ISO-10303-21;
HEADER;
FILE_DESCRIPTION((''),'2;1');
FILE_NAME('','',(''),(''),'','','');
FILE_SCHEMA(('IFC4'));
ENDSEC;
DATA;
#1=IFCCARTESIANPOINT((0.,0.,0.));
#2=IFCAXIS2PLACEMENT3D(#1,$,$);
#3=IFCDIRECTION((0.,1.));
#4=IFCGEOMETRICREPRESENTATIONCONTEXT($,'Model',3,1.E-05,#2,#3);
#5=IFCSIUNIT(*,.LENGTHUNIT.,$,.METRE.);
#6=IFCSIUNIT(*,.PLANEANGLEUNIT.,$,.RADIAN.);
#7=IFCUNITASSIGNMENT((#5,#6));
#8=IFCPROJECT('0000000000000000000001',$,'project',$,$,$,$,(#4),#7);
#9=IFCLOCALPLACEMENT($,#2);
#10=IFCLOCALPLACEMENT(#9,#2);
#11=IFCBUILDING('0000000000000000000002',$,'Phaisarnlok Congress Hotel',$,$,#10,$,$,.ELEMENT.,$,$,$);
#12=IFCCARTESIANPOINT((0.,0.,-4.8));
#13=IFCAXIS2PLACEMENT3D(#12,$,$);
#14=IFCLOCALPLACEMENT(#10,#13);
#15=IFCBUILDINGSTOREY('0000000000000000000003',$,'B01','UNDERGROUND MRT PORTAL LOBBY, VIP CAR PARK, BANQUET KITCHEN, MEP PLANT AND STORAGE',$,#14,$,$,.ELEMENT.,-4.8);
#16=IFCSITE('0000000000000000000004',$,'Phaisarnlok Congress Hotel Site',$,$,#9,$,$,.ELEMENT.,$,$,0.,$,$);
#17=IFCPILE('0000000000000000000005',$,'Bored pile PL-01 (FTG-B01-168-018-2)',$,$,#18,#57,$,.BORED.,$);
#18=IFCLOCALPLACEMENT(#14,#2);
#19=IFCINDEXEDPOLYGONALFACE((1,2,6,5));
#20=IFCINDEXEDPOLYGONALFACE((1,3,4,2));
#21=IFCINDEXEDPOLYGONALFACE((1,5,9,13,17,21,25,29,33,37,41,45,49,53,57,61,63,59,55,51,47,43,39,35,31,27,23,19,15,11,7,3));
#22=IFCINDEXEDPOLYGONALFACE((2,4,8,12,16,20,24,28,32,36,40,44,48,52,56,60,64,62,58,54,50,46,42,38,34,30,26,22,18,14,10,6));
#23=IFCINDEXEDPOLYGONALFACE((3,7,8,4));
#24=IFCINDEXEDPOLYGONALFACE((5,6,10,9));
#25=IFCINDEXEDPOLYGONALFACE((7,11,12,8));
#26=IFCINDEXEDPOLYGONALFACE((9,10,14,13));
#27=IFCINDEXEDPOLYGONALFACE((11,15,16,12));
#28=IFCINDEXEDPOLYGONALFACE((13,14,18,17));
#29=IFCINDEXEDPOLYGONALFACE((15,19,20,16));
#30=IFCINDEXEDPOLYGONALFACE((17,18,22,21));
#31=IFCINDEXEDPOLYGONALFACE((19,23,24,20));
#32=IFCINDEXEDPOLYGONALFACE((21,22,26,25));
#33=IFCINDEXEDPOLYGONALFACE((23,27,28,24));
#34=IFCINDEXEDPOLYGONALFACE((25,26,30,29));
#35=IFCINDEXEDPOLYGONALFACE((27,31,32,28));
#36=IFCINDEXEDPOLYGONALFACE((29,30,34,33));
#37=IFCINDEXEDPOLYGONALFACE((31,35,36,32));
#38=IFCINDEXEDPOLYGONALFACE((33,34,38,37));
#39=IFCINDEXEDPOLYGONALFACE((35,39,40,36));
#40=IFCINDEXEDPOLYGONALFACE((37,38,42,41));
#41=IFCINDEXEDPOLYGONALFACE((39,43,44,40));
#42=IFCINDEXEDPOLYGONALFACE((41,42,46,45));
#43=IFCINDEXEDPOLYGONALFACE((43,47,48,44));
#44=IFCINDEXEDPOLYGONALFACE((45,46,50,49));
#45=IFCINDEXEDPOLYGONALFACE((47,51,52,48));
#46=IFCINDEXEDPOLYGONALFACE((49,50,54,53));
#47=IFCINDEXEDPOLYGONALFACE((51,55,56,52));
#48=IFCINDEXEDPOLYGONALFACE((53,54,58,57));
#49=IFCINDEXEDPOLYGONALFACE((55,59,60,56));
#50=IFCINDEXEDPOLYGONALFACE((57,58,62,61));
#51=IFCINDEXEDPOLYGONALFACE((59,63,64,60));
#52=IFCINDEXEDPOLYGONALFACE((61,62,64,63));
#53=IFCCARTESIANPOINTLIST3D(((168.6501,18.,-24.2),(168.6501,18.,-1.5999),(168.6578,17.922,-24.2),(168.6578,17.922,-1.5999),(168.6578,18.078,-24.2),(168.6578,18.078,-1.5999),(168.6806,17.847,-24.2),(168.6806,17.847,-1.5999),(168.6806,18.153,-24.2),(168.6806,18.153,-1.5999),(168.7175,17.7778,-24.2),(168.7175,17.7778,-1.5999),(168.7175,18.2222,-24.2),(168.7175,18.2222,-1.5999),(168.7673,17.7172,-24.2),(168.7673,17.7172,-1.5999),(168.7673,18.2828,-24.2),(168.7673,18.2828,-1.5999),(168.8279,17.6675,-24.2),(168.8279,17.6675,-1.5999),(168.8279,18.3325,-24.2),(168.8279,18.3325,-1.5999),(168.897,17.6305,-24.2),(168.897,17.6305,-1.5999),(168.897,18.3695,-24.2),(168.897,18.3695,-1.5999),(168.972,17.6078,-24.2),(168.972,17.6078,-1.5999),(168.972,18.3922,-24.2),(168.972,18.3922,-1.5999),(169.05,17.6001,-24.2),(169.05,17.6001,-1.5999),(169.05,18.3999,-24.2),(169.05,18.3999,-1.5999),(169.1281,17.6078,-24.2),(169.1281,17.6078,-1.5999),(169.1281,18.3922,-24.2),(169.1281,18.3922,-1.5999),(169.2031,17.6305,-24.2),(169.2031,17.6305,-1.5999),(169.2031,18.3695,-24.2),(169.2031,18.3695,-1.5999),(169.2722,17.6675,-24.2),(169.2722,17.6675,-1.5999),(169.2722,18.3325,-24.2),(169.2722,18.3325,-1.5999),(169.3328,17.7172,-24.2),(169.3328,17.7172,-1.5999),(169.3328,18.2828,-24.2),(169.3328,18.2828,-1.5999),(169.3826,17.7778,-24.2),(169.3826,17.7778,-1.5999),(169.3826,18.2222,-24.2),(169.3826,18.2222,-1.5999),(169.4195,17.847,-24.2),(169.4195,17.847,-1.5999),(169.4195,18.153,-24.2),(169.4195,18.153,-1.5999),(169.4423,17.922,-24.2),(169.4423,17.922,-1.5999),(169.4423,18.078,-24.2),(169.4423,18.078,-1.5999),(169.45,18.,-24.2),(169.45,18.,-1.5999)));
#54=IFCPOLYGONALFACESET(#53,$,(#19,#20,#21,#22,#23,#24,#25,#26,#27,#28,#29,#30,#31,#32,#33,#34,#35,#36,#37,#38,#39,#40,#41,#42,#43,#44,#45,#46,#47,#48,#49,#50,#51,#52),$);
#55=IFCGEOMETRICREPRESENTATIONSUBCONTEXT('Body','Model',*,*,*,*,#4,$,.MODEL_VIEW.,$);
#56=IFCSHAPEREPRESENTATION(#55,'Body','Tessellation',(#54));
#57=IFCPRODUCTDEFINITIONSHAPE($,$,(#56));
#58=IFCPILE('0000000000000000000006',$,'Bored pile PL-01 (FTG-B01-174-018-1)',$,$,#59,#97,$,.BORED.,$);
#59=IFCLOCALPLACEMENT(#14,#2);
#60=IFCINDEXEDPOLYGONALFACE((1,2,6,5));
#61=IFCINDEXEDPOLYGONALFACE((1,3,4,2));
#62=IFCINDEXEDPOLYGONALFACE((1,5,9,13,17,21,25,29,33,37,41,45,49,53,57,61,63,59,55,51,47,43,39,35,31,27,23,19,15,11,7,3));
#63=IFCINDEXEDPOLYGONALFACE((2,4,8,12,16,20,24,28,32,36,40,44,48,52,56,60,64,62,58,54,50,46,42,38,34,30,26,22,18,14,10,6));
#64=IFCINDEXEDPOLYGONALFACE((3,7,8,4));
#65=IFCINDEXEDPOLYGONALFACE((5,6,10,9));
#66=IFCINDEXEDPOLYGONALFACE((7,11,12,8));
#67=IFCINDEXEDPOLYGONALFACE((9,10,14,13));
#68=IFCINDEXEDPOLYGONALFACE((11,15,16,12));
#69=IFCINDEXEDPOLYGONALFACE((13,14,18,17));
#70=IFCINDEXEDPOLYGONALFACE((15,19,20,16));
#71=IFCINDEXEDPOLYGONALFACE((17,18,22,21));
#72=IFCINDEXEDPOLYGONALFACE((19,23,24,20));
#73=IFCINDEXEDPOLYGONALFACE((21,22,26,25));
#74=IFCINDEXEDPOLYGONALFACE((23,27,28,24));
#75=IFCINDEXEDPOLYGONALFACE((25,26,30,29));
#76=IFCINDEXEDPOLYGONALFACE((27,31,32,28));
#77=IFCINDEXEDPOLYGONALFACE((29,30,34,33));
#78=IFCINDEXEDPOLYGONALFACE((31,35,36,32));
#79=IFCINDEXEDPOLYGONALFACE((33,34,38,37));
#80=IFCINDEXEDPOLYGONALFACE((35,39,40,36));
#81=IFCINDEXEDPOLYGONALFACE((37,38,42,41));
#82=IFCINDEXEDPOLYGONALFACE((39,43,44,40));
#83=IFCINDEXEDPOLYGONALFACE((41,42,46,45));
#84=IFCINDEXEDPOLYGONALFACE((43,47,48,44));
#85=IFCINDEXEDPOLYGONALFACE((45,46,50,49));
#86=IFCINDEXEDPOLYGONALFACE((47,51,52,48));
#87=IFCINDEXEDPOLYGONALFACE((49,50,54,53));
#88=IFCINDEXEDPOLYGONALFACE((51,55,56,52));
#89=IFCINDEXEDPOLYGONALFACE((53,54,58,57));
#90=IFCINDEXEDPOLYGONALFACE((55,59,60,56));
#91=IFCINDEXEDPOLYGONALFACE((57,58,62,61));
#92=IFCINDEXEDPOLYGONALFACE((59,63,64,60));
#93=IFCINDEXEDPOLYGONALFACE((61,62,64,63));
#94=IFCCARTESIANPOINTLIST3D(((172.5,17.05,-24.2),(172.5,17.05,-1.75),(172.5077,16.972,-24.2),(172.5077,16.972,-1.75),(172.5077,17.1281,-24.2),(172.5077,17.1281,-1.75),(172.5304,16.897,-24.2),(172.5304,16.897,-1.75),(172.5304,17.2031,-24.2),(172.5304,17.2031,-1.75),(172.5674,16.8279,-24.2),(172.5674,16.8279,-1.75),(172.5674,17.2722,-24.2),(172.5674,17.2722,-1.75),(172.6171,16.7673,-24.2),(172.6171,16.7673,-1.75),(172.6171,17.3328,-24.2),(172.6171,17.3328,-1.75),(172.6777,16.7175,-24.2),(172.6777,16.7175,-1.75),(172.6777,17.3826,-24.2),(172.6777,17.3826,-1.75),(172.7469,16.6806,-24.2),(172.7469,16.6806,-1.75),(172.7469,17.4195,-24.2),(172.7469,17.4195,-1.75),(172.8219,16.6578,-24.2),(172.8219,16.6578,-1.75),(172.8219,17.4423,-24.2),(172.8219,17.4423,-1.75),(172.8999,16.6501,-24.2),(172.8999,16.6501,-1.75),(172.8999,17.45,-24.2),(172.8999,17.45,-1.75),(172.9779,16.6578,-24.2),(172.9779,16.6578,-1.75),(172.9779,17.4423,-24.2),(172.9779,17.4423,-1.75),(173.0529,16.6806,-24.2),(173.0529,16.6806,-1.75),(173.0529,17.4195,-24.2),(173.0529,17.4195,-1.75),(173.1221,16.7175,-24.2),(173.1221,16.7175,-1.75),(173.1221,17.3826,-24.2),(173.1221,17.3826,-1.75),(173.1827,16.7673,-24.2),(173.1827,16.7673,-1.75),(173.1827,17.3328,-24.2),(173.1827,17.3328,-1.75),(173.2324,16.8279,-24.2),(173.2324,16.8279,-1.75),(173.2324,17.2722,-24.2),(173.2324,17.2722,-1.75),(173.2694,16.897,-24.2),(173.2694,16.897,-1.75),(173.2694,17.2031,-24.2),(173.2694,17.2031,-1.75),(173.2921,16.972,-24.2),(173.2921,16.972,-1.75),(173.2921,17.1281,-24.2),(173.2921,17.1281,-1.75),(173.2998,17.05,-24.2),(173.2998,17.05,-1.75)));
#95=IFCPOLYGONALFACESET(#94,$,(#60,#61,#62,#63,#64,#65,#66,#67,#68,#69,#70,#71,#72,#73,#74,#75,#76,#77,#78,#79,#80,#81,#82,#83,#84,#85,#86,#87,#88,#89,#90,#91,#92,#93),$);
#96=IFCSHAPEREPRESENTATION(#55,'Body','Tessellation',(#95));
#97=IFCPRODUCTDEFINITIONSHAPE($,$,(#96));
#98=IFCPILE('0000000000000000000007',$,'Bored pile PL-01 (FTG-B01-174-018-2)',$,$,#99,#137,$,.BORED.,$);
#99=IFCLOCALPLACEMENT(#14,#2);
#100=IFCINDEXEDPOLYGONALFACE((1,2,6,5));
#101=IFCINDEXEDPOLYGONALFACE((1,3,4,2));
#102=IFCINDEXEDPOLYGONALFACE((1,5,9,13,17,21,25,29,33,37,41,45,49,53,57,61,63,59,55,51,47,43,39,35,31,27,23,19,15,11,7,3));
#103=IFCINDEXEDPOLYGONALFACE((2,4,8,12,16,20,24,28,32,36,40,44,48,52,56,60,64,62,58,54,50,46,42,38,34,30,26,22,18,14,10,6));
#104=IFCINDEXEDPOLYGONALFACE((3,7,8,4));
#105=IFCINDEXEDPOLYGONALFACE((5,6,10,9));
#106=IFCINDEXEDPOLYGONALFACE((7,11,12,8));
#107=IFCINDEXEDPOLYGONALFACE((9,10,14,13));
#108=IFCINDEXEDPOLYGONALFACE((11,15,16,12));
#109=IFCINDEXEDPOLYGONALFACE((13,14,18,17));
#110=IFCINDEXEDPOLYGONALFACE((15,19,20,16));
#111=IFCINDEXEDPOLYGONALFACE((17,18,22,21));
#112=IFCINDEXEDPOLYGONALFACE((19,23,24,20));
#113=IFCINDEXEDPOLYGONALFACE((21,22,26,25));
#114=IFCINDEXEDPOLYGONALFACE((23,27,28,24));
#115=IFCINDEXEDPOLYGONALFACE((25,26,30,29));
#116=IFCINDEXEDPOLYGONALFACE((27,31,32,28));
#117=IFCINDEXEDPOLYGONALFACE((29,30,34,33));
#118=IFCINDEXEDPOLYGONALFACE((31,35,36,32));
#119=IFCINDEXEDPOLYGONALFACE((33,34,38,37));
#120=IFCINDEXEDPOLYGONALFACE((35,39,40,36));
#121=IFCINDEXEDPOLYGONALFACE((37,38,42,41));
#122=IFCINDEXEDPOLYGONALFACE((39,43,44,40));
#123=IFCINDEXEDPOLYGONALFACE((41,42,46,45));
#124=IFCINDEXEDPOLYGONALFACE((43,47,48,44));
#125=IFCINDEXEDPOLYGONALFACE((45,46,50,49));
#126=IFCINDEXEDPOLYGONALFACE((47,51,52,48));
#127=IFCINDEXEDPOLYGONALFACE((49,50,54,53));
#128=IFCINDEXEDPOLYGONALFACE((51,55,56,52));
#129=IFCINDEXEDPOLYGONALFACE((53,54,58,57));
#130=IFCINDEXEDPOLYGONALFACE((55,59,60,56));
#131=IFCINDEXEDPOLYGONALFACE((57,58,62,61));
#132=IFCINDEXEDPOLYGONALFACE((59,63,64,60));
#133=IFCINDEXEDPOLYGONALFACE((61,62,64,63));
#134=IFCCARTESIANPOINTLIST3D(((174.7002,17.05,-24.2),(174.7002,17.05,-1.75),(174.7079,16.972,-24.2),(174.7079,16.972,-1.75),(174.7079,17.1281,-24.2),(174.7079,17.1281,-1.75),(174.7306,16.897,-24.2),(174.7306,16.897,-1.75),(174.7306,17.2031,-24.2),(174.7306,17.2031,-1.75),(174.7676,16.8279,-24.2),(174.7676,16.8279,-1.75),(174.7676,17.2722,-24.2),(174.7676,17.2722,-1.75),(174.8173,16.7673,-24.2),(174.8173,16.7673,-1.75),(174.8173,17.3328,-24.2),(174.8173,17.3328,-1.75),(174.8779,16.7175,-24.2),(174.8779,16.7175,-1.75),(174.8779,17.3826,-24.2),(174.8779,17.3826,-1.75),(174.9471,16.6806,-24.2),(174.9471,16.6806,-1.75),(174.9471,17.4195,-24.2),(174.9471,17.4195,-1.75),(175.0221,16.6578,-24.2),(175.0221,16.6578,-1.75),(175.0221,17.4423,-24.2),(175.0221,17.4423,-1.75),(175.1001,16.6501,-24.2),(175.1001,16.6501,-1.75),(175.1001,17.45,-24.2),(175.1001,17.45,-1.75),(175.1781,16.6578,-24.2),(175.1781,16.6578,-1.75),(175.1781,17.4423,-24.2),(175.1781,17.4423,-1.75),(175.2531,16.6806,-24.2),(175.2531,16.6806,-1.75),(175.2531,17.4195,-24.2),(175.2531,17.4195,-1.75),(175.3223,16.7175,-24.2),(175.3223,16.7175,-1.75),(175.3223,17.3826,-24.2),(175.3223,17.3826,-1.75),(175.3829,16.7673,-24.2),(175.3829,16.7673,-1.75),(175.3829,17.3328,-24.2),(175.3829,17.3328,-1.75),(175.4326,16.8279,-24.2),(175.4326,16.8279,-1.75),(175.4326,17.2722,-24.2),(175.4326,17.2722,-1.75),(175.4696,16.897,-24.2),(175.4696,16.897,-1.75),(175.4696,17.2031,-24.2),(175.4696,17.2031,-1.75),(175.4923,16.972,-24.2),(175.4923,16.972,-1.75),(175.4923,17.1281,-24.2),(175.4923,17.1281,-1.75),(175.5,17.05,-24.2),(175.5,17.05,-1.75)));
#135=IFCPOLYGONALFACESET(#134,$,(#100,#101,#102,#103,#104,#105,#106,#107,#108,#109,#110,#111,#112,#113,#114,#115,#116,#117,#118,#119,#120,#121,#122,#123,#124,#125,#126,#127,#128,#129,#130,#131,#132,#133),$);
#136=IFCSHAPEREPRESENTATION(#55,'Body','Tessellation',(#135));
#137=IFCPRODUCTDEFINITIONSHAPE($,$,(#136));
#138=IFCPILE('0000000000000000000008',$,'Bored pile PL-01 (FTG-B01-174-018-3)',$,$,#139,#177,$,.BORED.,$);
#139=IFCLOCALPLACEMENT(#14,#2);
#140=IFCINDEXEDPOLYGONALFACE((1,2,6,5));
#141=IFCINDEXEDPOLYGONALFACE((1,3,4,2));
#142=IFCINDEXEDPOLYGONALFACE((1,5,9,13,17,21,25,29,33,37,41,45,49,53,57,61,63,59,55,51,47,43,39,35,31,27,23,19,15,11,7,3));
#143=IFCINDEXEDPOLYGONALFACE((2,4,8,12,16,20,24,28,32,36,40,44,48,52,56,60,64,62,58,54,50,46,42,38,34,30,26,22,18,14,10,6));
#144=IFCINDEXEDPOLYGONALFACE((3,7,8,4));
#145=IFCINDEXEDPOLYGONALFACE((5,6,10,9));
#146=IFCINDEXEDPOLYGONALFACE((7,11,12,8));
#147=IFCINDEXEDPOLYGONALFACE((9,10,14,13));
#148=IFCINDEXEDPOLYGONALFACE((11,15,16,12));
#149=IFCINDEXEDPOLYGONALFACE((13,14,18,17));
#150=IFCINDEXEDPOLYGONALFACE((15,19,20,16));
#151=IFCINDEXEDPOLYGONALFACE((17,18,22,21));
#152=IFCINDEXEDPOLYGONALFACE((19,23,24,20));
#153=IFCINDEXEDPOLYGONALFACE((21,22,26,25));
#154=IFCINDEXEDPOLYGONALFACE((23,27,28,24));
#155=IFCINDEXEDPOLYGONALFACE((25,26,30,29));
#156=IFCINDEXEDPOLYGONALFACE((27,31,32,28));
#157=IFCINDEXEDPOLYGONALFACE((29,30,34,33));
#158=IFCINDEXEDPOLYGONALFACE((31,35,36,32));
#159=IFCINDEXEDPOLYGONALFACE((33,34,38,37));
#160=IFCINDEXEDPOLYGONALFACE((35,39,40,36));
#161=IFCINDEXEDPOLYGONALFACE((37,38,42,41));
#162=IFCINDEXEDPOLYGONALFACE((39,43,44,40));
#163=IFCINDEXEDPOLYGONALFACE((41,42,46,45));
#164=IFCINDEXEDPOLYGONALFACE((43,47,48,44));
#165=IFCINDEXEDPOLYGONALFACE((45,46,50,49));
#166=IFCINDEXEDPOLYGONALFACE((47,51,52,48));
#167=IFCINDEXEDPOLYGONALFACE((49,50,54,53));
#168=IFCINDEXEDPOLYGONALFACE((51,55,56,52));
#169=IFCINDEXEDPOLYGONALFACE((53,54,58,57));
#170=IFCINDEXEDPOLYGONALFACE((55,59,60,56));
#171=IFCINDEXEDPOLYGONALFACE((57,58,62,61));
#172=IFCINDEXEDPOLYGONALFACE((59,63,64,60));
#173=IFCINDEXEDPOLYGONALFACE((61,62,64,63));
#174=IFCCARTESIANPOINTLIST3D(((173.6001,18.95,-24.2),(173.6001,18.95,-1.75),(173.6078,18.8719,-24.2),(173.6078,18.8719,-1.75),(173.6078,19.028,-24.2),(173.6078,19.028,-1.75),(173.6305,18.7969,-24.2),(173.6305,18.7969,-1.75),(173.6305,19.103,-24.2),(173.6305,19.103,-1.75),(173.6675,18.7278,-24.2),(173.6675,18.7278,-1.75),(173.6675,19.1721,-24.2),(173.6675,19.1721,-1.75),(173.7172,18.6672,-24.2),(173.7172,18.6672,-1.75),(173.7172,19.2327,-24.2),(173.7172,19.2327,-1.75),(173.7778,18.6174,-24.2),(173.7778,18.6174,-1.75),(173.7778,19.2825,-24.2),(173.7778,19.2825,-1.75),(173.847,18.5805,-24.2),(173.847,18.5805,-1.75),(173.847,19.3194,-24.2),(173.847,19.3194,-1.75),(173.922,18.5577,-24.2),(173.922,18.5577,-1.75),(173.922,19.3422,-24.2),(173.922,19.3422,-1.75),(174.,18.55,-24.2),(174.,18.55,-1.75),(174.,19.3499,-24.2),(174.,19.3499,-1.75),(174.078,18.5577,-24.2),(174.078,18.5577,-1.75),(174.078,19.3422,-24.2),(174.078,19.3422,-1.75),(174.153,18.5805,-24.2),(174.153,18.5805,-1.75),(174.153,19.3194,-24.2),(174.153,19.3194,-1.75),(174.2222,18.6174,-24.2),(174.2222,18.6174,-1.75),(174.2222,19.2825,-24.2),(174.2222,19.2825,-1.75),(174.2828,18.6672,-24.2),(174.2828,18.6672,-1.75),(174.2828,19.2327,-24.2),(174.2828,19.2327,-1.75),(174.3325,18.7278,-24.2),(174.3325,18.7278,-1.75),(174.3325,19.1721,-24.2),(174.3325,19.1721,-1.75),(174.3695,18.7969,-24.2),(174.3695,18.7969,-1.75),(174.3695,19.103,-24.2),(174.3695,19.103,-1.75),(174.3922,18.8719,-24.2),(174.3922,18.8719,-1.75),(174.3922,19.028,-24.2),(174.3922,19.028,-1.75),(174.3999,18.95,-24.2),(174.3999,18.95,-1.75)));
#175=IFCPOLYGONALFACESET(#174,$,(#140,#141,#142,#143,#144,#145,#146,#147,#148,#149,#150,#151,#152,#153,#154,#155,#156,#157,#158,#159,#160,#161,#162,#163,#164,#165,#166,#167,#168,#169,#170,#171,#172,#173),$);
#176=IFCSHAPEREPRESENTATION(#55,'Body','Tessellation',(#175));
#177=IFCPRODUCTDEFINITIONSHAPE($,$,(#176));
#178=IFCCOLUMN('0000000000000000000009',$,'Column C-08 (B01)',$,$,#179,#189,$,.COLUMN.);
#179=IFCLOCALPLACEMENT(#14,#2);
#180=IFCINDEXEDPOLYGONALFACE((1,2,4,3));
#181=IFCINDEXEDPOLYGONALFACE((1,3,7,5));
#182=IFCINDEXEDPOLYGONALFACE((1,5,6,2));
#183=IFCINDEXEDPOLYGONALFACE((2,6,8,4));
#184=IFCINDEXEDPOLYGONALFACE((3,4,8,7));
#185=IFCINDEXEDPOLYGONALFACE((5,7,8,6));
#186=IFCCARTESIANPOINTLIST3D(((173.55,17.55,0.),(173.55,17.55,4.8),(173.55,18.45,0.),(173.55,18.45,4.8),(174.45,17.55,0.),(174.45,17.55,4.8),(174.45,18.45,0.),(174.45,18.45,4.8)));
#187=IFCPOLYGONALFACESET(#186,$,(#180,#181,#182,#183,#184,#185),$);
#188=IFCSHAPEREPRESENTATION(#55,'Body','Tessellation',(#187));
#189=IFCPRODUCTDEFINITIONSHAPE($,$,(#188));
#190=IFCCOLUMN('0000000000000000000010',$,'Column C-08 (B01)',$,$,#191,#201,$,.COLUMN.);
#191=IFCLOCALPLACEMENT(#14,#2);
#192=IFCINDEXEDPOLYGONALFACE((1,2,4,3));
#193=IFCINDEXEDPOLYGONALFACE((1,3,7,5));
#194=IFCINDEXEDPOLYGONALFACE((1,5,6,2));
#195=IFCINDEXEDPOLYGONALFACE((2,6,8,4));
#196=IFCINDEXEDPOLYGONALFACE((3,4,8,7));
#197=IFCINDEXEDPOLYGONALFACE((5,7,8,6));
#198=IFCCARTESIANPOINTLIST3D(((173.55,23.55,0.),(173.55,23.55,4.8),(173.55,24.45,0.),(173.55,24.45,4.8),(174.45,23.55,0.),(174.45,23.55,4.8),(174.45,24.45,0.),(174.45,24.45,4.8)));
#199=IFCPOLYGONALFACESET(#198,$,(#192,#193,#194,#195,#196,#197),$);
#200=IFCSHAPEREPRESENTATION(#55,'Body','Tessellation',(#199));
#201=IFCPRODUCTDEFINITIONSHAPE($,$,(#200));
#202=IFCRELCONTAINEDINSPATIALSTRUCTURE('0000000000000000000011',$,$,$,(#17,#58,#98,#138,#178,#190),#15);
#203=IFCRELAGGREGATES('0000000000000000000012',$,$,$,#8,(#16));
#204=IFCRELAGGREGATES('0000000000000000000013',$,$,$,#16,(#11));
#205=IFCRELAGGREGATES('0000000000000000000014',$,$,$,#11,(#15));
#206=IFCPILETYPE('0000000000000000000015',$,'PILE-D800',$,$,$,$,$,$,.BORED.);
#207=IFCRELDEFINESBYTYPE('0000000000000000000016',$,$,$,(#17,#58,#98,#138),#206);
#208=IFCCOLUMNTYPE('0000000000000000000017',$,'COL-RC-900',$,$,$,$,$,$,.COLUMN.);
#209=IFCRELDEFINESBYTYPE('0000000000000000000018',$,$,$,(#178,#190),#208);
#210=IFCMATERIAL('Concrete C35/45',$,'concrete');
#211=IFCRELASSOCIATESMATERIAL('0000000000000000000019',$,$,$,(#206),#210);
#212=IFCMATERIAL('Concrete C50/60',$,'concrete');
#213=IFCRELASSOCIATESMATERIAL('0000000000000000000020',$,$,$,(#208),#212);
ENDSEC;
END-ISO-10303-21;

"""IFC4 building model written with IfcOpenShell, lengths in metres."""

from ifc_helpers import new_model, si_unit, direction, frame, origin, origin_2d, place, context, subcontext, project, spatial, rectangle, circle, extrude, material, material_profile, profile_set, type_object, element, save


model = new_model("IFC4")

# Units and contexts
model_context = context("Model", 3, precision=1e-05, world=origin(), true_north=direction((0.0, 1.0)))
body_context = subcontext(model_context, "Body", "Model", "MODEL_VIEW")
ifc_project = project(units=[si_unit("LENGTHUNIT", "METRE"), si_unit("PLANEANGLEUNIT", "RADIAN")], contexts=[model_context])

# Site, building, storey
site_placement = place(None, origin())
site = spatial("IfcSite", under=ifc_project, at=site_placement, Name="Phaisarnlok Congress Hotel Site", CompositionType="ELEMENT", RefElevation=0.0)
building_placement = place(site_placement, origin())
building = spatial("IfcBuilding", under=site, at=building_placement, Name="Phaisarnlok Congress Hotel", CompositionType="ELEMENT")
storey_placement = place(building_placement, frame((0.0, 0.0, -4.8)))
storey = spatial("IfcBuildingStorey", under=building, at=storey_placement, Name="B01", Description="UNDERGROUND MRT PORTAL LOBBY, VIP CAR PARK, BANQUET KITCHEN, MEP PLANT AND STORAGE", CompositionType="ELEMENT", Elevation=-4.8)

# Piles
ifc_material_1 = material(Name="Concrete C35/45", Category="concrete")
ifc_material_profile_1 = material_profile(ifc_material_1, circle(Radius=0.3999, at=origin_2d()), Name="BORED PILE D800")
ifc_profile_set_1 = profile_set([ifc_material_profile_1], Name="Concrete C35/45")
pile_type_1 = type_object("IfcPileType", Name="PILE-D800", PredefinedType="BORED", material=ifc_profile_set_1)
pile_1_placement = place(storey_placement, frame((169.05, 18.0, -1.5999), z_axis=(0.0, 0.0, -1.0), x_axis=(1.0, 0.0, 0.0)))
element("IfcPile", 1, at=pile_1_placement, inside=storey, type_object=pile_type_1, Name="Bored pile PL-01 (FTG-B01-168-018-2)", PredefinedType="BORED", context=body_context, shape_type="SweptSolid", body=[
    extrude(circle(Radius=0.3999, at=origin_2d()), origin(), (0.0, 0.0, 1.0), 22.6001),
])
for number, where, z_axis, x_axis, name in (
    (2, (172.8999, 17.05, -1.75), (0.0, 0.0, -1.0), (1.0, 0.0, 0.0), "Bored pile PL-01 (FTG-B01-174-018-1)"),
    (3, (175.1001, 17.05, -1.75), (0.0, 0.0, -1.0), (1.0, 0.0, 0.0), "Bored pile PL-01 (FTG-B01-174-018-2)"),
    (4, (174.0, 18.95, -1.75), (0.0, 0.0, -1.0), (1.0, 0.0, 0.0), "Bored pile PL-01 (FTG-B01-174-018-3)"),
):
    element("IfcPile", number, at=place(storey_placement, frame(where, z_axis=z_axis, x_axis=x_axis)), inside=storey, type_object=pile_type_1, Name=name, PredefinedType="BORED", context=body_context, shape_type="SweptSolid", body=[
        extrude(circle(Radius=0.3999, at=origin_2d()), origin(), (0.0, 0.0, 1.0), 22.45),
    ])

# Columns
ifc_material_2 = material(Name="Concrete C50/60", Category="concrete")
ifc_material_profile_2 = material_profile(ifc_material_2, rectangle(XDim=0.8999, YDim=0.8999, at=origin_2d()), Name="RC 900x900")
ifc_profile_set_2 = profile_set([ifc_material_profile_2], Name="Concrete C50/60")
column_type_1 = type_object("IfcColumnType", Name="COL-RC-900", PredefinedType="COLUMN", material=ifc_profile_set_2)
for number, where, z_axis, x_axis, name in (
    (5, (174.0, 18.0, 0.0), (0.0, 0.0, 1.0), (1.0, 0.0, 0.0), "Column C-08 (B01)"),
    (6, (174.0, 24.0, 0.0), (0.0, 0.0, 1.0), (1.0, 0.0, 0.0), "Column C-08 (B01)"),
):
    element("IfcColumn", number, at=place(storey_placement, frame(where, z_axis=z_axis, x_axis=x_axis)), inside=storey, type_object=column_type_1, Name=name, PredefinedType="COLUMN", context=body_context, shape_type="SweptSolid", body=[
        extrude(rectangle(XDim=0.8999, YDim=0.8999, at=origin_2d()), origin(), (0.0, 0.0, 1.0), 4.8),
    ])

save(model, "model.ifc")
